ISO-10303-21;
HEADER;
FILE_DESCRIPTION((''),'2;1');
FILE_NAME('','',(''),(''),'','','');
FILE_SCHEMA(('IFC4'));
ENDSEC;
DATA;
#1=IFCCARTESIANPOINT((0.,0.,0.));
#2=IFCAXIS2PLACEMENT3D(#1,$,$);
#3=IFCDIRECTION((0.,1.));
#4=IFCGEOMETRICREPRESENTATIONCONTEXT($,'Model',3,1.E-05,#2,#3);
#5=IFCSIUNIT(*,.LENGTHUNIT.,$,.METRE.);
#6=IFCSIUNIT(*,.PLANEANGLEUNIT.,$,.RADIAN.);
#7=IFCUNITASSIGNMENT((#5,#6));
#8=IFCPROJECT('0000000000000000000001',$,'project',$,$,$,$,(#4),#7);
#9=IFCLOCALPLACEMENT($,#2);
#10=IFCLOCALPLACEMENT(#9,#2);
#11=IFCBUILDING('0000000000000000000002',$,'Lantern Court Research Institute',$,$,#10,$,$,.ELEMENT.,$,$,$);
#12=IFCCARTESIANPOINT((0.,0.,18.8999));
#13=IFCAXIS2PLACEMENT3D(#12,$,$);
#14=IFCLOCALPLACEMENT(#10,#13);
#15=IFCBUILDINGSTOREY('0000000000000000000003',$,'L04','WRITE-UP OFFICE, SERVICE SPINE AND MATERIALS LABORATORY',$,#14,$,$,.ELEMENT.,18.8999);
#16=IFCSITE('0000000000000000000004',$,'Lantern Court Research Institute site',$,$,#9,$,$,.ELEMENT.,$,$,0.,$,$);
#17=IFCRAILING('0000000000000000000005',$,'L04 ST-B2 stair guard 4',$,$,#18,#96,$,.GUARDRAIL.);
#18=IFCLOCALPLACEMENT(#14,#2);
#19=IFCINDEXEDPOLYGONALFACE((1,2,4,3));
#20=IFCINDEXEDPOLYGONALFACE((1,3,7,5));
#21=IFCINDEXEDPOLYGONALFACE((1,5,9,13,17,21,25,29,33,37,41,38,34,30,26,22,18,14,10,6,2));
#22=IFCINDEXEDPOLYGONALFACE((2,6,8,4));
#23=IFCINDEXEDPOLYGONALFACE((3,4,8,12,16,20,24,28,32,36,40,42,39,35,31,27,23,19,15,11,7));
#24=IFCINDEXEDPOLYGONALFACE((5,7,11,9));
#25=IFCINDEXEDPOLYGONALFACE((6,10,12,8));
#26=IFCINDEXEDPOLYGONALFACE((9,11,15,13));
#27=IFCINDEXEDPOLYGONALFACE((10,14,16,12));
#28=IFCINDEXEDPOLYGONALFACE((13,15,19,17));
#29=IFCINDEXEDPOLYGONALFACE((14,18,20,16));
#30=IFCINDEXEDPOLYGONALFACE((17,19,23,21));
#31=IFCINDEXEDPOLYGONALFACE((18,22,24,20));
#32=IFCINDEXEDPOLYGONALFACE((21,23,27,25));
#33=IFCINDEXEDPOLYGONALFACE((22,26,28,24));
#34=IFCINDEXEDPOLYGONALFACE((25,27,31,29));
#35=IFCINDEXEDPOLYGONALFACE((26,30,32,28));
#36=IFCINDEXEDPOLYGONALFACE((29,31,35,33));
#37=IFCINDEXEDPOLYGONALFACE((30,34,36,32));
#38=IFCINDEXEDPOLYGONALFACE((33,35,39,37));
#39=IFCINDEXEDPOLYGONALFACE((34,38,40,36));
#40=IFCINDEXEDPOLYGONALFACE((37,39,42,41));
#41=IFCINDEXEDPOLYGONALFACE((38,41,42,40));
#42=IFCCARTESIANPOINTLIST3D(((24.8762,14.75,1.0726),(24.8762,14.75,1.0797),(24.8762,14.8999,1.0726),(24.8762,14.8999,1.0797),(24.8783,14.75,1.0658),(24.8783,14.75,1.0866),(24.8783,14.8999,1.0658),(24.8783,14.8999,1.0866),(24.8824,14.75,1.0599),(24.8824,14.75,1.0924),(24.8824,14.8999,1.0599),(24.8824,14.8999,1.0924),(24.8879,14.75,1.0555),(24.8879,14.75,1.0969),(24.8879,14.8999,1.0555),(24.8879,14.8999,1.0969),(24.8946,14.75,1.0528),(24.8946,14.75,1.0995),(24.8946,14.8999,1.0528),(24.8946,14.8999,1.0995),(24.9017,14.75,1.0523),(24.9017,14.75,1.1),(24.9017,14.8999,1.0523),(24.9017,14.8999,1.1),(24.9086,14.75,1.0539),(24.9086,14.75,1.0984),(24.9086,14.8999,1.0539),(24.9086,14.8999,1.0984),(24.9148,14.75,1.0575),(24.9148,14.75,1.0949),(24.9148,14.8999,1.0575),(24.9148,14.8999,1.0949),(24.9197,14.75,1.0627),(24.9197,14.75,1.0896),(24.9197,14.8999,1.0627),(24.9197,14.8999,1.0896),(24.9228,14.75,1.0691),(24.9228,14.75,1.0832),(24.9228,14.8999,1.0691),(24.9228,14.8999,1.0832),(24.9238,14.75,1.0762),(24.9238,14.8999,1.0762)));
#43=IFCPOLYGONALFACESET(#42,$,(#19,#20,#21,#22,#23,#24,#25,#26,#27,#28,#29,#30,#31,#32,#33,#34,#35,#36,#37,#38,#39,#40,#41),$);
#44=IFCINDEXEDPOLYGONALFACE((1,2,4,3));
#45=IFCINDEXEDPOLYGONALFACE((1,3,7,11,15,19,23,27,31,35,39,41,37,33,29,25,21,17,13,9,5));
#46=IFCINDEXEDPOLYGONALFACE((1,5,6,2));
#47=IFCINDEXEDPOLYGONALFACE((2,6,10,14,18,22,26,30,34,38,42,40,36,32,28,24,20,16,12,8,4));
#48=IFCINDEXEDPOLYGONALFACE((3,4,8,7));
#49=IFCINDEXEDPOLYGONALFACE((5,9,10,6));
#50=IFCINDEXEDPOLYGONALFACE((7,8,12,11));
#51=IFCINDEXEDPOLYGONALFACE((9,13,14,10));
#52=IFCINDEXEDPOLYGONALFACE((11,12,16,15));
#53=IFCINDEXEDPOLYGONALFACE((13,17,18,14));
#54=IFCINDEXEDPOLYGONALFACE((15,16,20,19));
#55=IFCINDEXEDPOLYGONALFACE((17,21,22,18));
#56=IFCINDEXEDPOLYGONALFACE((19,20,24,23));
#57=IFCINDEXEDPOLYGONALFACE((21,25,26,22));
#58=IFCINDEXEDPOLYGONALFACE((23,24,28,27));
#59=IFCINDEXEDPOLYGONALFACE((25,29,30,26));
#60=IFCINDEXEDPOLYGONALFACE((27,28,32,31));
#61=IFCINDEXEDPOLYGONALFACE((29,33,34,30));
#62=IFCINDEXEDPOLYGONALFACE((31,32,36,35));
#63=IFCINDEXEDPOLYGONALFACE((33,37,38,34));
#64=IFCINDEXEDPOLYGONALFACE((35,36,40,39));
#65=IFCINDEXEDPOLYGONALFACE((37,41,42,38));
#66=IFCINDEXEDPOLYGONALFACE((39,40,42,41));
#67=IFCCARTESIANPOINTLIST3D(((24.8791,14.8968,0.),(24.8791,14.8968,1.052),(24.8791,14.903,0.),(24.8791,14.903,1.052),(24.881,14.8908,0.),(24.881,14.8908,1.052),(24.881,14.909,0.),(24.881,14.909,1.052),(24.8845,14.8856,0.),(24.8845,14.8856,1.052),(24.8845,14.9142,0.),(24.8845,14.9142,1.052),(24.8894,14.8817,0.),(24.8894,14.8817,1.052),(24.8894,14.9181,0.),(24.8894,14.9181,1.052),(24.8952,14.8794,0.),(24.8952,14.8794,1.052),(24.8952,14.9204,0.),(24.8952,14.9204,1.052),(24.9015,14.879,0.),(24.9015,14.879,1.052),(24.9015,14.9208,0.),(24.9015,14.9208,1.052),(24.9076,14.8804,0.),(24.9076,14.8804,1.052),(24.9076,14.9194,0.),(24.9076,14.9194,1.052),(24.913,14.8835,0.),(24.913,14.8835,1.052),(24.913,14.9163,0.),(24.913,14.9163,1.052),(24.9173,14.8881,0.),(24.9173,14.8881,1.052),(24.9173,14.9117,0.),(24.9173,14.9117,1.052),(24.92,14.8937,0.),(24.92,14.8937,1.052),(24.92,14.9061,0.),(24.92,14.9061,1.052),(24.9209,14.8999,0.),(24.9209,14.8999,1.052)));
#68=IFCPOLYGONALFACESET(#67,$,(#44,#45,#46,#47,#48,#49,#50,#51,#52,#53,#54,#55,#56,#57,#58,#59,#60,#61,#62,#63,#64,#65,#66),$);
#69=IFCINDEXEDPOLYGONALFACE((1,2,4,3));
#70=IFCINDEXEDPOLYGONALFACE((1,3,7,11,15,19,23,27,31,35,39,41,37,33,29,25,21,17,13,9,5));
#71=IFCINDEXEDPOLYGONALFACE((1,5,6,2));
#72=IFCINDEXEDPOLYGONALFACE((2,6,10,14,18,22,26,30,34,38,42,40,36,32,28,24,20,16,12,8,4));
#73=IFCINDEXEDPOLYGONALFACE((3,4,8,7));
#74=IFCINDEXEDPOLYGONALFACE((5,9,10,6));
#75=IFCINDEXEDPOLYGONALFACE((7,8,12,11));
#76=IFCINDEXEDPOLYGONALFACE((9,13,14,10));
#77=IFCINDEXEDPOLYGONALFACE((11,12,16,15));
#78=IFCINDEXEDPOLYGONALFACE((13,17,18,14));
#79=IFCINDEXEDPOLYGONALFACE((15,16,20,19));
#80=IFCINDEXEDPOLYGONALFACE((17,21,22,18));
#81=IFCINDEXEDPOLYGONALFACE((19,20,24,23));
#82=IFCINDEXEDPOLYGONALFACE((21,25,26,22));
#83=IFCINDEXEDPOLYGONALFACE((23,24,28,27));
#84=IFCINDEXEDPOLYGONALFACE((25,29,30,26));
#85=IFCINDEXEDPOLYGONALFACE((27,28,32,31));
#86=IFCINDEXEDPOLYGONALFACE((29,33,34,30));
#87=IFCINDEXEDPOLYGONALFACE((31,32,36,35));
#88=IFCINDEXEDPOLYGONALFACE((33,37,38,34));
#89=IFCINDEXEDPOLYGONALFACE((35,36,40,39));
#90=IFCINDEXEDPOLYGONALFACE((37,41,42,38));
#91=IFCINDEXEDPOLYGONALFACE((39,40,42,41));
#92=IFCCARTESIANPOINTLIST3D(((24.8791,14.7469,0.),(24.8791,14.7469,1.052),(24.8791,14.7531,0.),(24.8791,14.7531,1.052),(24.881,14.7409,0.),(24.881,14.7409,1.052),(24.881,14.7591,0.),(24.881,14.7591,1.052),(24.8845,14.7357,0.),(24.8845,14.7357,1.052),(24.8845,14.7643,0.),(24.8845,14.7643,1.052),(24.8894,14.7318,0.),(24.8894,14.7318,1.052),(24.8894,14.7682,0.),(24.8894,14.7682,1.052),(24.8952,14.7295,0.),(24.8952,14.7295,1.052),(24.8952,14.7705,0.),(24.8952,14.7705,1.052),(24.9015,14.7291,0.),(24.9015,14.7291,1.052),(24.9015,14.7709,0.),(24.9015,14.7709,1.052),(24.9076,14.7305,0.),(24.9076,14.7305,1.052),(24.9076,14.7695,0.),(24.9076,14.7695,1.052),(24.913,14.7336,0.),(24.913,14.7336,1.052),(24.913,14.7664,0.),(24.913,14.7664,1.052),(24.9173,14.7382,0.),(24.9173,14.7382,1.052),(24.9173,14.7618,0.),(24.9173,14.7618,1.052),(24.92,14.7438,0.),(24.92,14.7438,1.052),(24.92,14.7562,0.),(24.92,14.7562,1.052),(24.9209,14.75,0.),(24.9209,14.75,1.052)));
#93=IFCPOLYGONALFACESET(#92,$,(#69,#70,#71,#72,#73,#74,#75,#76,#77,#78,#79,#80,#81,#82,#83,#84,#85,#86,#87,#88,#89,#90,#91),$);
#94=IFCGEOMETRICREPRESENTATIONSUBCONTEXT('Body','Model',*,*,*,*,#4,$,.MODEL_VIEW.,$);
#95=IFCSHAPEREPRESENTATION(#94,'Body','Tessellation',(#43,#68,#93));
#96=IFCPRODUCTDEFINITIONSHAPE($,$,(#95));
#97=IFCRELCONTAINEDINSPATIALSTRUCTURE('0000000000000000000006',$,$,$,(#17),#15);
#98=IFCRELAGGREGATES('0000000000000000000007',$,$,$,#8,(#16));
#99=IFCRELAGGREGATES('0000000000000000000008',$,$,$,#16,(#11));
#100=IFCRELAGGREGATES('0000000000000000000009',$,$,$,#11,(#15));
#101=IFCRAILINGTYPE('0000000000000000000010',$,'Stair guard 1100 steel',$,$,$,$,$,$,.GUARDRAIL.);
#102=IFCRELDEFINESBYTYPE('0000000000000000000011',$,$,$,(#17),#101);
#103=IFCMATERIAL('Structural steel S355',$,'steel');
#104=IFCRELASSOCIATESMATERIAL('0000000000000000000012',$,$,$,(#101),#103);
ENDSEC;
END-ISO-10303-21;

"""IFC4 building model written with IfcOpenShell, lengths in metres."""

from ifc_helpers import new_model, si_unit, direction, frame, origin, origin_2d, place, context, subcontext, project, spatial, circle, extrude, material, type_object, element, save


model = new_model("IFC4")

# Units and contexts
model_context = context("Model", 3, precision=1e-05, world=origin(), true_north=direction((0.0, 1.0)))
body_context = subcontext(model_context, "Body", "Model", "MODEL_VIEW")
ifc_project = project(units=[si_unit("LENGTHUNIT", "METRE"), si_unit("PLANEANGLEUNIT", "RADIAN")], contexts=[model_context])

# Site, building, storey
site_placement = place(None, origin())
site = spatial("IfcSite", under=ifc_project, at=site_placement, Name="Lantern Court Research Institute site", CompositionType="ELEMENT", RefElevation=0.0)
building_placement = place(site_placement, origin())
building = spatial("IfcBuilding", under=site, at=building_placement, Name="Lantern Court Research Institute", CompositionType="ELEMENT")
storey_placement = place(building_placement, frame((0.0, 0.0, 18.8999)))
storey = spatial("IfcBuildingStorey", under=building, at=storey_placement, Name="L04", Description="WRITE-UP OFFICE, SERVICE SPINE AND MATERIALS LABORATORY", CompositionType="ELEMENT", Elevation=18.8999)

# Railing
ifc_material_1 = material(Name="Structural steel S355", Category="steel")
railing_type_1 = type_object("IfcRailingType", Name="Stair guard 1100 steel", PredefinedType="GUARDRAIL", material=ifc_material_1)
railing_1_placement = place(storey_placement, frame((24.8999, 14.8999, 0.0)))
element("IfcRailing", 1, at=railing_1_placement, inside=storey, type_object=railing_type_1, Name="L04 ST-B2 stair guard 4", PredefinedType="GUARDRAIL", context=body_context, shape_type="SweptSolid", body=[
    extrude(circle(Radius=0.0239, at=origin_2d()), frame((0.0, 0.0, 1.0762), z_axis=(0.0, -1.0, 0.0), x_axis=(1.0, 0.0, 0.0)), (0.0, 0.0, 1.0), 0.1499),
    extrude(circle(Radius=0.021, at=origin_2d()), origin(), (0.0, 0.0, 1.0), 1.052),
    extrude(circle(Radius=0.021, at=origin_2d()), frame((0.0, -0.1499, 0.0)), (0.0, 0.0, 1.0), 1.052),
])

save(model, "model.ifc")
